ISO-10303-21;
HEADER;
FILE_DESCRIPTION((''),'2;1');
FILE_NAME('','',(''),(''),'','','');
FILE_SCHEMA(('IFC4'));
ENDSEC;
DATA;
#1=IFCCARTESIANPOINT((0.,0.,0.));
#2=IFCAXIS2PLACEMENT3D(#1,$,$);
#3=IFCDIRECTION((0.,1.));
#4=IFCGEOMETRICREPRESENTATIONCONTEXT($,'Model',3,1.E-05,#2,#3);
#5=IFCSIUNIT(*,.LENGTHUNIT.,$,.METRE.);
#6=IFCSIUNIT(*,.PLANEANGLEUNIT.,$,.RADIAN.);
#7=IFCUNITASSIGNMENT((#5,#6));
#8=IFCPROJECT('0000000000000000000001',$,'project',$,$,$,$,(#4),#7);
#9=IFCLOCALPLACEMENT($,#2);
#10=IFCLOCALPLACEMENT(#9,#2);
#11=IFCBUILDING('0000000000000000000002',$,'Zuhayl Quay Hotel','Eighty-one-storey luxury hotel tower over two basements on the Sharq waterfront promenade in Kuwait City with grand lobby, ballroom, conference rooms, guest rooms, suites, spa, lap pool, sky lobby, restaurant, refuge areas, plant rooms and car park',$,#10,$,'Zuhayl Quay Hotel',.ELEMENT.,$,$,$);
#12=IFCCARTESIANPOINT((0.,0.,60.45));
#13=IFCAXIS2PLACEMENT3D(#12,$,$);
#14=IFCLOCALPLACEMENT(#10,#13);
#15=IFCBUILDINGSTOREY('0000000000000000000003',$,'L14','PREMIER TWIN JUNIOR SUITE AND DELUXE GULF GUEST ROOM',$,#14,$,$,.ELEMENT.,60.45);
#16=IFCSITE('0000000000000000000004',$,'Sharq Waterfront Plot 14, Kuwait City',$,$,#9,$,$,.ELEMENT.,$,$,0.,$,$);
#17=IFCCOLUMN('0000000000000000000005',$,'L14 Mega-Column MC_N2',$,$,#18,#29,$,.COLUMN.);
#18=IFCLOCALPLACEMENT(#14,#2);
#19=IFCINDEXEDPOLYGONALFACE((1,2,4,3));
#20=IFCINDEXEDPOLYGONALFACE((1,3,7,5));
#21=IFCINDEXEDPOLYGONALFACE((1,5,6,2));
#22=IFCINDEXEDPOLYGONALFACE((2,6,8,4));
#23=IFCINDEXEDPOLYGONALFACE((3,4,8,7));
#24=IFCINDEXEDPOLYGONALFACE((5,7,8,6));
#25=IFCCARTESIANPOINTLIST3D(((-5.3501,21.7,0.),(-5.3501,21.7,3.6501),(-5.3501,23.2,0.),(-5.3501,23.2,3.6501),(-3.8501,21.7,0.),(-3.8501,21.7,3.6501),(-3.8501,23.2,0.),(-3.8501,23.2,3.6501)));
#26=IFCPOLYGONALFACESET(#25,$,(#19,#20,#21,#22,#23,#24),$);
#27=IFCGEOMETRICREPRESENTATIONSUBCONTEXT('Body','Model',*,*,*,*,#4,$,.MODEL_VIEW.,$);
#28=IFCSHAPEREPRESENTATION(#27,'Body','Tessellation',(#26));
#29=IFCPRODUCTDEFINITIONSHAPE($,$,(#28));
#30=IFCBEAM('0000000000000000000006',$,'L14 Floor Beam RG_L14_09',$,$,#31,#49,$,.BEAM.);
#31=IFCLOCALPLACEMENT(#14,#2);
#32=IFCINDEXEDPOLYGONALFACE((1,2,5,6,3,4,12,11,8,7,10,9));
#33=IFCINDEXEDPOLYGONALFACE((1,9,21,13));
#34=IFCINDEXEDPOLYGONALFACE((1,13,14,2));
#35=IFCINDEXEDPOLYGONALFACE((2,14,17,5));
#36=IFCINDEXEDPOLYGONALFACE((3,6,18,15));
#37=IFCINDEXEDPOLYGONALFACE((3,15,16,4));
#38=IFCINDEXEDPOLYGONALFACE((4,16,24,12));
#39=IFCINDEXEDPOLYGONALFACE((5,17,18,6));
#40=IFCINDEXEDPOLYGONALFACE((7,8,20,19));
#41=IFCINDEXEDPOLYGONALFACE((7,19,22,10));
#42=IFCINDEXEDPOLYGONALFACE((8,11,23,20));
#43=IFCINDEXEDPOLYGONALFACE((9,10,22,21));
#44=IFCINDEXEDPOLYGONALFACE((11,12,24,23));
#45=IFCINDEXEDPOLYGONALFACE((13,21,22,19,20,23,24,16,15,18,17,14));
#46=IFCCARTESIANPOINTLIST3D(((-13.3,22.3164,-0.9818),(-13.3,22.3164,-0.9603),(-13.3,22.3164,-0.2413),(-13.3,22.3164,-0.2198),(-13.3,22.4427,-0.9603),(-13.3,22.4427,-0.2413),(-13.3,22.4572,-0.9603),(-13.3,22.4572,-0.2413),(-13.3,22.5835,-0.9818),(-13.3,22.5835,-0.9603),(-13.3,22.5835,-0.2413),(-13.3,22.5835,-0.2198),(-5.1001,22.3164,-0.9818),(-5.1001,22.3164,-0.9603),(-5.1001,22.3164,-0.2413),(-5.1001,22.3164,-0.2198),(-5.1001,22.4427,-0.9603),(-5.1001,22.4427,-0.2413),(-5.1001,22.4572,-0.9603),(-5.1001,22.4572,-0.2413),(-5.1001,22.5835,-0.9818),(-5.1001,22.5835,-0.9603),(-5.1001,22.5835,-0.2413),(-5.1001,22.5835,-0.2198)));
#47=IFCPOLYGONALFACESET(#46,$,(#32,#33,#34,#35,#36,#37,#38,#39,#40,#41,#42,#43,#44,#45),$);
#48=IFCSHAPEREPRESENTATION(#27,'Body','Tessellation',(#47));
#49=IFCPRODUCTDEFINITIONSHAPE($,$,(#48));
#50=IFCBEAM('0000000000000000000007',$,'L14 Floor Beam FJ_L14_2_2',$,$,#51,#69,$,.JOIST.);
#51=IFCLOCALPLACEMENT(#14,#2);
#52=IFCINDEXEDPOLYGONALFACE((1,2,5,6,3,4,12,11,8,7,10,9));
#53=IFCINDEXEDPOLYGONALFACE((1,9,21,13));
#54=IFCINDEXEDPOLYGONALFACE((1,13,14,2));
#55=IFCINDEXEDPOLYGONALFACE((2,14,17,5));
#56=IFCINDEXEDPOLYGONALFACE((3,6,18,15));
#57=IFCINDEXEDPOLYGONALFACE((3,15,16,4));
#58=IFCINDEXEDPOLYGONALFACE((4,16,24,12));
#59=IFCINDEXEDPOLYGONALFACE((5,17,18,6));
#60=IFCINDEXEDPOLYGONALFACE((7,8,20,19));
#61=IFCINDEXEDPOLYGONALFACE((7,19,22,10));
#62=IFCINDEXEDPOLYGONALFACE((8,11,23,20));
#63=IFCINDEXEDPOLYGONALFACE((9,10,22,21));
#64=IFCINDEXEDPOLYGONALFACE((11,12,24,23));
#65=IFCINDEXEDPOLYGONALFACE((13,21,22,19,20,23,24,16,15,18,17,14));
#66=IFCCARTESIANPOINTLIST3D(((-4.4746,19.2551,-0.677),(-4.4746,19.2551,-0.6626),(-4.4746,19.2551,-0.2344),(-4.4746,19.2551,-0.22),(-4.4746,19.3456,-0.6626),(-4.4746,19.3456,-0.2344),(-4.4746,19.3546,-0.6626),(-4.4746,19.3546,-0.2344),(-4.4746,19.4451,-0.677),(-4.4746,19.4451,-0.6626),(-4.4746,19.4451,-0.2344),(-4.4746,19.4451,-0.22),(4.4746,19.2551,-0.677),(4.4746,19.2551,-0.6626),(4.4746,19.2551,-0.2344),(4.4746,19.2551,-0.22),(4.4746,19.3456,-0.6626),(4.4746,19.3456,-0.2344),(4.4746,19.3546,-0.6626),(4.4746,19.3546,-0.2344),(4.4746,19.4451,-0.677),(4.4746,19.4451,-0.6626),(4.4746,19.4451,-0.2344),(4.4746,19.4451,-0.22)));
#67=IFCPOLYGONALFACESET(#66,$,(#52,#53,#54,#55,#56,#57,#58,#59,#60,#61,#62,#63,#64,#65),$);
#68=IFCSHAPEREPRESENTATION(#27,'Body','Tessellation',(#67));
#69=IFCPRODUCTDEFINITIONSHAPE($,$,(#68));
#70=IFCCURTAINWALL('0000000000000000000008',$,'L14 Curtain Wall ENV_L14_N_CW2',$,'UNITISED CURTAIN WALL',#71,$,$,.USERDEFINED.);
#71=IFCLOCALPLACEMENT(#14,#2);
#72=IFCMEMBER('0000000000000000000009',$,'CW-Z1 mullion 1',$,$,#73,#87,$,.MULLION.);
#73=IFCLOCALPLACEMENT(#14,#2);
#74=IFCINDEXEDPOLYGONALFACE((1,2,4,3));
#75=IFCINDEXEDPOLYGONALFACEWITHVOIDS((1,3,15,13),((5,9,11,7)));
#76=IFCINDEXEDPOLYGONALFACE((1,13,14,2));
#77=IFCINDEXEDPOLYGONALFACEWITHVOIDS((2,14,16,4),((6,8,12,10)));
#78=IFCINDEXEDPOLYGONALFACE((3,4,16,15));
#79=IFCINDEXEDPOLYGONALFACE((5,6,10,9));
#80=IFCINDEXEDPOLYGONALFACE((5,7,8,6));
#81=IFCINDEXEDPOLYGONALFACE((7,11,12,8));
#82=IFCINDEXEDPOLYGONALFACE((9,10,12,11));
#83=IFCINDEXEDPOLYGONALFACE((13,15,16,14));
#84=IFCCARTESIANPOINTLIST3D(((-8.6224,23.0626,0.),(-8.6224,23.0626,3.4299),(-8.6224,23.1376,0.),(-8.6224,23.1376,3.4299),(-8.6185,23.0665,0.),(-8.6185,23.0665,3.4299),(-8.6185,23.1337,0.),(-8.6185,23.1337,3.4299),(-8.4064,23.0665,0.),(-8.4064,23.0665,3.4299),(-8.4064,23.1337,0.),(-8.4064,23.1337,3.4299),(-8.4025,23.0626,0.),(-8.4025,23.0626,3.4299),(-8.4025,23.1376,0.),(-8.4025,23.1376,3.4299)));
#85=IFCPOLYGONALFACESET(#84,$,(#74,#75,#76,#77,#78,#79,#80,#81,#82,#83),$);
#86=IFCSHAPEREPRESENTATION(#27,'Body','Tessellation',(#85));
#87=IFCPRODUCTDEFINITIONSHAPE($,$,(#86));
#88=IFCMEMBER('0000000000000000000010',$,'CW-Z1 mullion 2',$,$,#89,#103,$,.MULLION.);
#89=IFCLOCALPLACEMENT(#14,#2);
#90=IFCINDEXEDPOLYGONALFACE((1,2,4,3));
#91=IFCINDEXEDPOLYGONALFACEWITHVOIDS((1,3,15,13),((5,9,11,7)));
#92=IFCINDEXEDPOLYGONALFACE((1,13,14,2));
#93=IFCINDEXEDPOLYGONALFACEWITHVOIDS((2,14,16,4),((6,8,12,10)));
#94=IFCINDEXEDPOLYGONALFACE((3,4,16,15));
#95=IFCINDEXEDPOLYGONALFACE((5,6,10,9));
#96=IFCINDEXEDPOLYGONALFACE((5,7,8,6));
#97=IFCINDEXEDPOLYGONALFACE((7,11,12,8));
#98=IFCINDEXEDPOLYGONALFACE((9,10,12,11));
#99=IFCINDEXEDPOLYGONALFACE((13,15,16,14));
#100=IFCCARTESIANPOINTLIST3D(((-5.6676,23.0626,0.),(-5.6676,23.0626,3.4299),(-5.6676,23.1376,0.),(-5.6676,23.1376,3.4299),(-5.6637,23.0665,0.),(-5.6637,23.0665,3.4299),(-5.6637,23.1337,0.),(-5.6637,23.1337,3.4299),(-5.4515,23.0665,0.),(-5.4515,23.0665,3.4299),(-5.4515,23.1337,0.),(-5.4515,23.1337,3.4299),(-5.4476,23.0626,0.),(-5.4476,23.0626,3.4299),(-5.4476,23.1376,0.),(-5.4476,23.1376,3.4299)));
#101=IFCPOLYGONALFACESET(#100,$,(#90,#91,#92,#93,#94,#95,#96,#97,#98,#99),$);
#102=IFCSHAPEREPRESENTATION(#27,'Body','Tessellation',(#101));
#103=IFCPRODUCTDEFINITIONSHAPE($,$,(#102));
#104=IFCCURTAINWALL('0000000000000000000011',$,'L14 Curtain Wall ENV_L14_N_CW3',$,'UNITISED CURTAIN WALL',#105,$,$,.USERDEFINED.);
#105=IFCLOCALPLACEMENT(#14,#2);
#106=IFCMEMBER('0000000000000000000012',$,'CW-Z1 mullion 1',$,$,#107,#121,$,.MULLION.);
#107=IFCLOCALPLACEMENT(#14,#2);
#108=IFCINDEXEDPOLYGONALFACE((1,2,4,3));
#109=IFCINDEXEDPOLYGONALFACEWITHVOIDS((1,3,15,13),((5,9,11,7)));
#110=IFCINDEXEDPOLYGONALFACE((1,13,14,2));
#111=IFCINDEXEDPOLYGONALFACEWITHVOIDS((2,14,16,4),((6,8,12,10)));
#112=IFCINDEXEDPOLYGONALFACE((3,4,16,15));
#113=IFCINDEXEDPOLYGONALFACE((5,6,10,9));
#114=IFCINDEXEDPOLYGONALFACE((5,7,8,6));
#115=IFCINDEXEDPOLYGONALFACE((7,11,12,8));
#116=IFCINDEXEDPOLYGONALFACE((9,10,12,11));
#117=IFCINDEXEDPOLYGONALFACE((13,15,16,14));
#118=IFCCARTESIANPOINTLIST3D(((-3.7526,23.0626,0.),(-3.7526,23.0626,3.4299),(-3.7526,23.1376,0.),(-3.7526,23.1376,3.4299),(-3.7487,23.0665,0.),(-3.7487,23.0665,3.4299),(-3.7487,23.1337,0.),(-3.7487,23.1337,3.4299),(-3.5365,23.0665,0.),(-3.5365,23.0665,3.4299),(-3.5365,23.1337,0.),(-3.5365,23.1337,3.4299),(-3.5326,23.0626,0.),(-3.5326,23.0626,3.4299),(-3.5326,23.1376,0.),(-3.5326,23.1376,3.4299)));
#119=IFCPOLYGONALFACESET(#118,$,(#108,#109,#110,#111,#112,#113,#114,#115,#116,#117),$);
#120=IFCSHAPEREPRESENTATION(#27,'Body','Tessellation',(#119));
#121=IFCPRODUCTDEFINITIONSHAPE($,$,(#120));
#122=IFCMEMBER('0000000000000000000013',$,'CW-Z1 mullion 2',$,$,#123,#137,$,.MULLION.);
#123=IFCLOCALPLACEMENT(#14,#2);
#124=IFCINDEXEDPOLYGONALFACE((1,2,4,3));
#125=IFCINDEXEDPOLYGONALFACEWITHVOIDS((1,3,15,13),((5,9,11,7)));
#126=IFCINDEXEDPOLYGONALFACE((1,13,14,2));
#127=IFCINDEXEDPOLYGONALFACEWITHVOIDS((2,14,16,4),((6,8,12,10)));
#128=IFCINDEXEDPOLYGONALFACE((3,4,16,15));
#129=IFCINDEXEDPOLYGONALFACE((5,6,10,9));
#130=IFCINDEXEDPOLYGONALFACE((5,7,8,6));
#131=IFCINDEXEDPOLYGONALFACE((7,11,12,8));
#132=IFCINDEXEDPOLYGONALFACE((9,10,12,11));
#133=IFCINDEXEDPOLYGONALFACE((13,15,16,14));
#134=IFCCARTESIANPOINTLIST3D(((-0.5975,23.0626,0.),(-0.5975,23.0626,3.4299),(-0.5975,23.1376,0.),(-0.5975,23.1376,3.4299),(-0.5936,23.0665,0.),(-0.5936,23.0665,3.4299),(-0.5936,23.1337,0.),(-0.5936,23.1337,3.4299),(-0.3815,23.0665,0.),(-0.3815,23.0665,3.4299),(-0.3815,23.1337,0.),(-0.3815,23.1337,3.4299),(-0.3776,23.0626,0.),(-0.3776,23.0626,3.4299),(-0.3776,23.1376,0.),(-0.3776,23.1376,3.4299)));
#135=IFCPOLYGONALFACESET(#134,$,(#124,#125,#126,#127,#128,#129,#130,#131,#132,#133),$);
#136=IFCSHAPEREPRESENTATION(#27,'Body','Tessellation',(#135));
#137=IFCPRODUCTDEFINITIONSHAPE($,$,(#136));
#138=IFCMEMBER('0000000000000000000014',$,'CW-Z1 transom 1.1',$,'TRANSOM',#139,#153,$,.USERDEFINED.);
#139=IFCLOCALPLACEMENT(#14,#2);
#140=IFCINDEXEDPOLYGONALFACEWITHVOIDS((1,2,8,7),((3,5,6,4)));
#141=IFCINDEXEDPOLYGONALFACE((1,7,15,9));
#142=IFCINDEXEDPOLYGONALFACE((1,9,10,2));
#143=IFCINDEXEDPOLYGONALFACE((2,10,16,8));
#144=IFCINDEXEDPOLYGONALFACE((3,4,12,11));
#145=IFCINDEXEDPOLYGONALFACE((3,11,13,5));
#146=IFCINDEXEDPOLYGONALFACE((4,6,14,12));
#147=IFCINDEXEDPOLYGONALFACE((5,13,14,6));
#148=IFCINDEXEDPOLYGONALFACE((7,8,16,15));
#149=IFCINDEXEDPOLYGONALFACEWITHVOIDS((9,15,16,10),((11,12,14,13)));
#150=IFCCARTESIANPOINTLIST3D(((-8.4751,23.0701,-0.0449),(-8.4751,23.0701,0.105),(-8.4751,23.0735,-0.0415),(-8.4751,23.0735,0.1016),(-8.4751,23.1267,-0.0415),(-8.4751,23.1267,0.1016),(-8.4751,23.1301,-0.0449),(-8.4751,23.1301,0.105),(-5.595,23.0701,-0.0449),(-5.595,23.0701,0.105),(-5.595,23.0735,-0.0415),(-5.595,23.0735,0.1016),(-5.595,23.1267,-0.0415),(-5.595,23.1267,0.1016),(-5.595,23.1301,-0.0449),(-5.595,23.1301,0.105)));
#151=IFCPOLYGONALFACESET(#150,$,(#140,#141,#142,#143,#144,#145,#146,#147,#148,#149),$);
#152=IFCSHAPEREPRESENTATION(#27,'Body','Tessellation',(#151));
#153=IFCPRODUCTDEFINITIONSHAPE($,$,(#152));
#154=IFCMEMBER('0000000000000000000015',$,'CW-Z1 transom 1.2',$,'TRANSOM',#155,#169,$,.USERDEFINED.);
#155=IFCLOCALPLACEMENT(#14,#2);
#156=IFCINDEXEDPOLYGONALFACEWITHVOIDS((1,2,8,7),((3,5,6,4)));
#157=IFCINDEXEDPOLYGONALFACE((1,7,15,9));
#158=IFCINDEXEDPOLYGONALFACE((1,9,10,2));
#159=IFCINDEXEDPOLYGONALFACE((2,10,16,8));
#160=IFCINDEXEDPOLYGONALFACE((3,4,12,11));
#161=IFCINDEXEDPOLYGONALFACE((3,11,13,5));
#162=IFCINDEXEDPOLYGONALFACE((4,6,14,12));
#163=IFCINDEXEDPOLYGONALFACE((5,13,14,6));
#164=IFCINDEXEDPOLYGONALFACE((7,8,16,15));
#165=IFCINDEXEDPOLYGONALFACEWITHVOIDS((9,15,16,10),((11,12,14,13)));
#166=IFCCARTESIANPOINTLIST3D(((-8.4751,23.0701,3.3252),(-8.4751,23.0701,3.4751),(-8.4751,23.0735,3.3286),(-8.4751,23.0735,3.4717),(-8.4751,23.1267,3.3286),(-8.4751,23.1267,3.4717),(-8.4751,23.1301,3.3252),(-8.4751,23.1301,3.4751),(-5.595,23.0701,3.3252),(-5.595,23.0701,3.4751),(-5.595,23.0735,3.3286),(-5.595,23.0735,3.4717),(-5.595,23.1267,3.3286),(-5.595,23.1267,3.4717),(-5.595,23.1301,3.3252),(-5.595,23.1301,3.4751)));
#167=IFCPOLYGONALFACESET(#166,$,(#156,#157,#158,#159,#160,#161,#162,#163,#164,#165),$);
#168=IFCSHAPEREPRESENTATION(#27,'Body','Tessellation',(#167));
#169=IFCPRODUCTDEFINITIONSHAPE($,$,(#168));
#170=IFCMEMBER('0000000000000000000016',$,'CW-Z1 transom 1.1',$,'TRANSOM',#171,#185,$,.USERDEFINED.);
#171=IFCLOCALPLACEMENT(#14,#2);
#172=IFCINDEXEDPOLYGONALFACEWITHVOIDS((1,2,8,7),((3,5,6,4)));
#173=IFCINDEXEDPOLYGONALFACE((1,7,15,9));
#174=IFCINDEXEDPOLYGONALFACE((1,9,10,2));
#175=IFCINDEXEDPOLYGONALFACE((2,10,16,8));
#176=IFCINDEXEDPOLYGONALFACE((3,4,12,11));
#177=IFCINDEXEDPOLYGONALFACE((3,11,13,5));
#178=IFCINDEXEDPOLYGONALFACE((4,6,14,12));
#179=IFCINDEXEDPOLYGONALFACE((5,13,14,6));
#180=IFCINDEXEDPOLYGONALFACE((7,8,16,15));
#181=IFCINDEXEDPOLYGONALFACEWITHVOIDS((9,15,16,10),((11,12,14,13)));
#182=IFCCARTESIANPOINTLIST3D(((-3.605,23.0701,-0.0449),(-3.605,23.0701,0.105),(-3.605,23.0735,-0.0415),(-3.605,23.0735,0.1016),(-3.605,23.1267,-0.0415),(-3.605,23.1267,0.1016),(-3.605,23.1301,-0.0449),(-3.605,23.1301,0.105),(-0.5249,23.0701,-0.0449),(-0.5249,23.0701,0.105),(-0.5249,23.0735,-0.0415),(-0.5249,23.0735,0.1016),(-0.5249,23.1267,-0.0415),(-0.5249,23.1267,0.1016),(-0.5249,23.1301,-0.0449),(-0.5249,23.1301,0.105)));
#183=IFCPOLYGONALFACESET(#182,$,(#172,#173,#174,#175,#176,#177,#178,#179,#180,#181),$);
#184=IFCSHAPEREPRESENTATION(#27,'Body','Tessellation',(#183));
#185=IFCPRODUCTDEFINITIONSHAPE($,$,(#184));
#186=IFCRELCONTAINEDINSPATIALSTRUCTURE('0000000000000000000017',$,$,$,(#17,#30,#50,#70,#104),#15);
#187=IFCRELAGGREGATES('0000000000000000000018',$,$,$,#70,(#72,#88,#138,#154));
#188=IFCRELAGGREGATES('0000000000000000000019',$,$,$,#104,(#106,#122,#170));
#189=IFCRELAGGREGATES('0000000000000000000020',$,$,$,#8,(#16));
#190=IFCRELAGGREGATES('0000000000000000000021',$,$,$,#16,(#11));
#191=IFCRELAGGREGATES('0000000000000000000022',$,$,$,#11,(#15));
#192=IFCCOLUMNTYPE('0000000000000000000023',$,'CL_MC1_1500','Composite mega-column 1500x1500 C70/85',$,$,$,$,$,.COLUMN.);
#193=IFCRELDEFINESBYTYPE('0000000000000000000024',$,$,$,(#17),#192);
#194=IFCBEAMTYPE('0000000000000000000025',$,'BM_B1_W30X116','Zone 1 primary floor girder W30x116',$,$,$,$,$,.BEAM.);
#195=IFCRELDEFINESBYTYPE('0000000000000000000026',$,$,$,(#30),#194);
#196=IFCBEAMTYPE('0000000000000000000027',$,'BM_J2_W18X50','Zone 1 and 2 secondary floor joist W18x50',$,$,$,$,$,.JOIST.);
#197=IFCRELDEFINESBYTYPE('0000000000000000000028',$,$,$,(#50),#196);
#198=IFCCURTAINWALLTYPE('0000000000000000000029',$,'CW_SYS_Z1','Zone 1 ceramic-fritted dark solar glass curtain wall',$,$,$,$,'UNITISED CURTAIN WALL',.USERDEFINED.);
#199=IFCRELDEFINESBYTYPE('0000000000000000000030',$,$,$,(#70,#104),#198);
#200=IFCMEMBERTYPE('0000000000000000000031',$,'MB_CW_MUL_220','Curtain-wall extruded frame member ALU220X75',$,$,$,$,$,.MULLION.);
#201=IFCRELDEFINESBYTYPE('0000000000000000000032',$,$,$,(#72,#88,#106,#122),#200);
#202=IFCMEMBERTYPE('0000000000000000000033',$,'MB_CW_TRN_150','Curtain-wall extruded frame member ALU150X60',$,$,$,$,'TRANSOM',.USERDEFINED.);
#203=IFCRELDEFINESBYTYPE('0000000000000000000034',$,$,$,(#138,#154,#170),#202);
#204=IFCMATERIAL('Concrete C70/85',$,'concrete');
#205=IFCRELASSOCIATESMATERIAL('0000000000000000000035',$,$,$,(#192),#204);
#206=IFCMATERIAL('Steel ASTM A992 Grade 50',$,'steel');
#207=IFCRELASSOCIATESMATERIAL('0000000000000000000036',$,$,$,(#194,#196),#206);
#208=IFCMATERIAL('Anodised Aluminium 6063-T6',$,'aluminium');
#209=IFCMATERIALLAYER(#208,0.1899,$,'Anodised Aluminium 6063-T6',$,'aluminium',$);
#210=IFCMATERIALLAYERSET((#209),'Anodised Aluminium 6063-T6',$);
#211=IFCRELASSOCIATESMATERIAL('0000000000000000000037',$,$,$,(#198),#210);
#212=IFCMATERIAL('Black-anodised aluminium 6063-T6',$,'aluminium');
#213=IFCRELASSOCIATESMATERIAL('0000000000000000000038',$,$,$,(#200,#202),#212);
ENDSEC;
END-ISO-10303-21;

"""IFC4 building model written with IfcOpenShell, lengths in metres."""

from ifc_helpers import new_model, si_unit, direction, frame, origin, origin_2d, place, context, subcontext, project, spatial, rectangle, hollow_rectangle, i_section, extrude, material, layer, layer_set, material_profile, profile_set, type_object, element, aggregate, save


model = new_model("IFC4")

# Units and contexts
model_context = context("Model", 3, precision=1e-05, world=origin(), true_north=direction((0.0, 1.0)))
body_context = subcontext(model_context, "Body", "Model", "MODEL_VIEW")
ifc_project = project(units=[si_unit("LENGTHUNIT", "METRE"), si_unit("PLANEANGLEUNIT", "RADIAN")], contexts=[model_context])

# Site, building, storey
site_placement = place(None, origin())
site = spatial("IfcSite", under=ifc_project, at=site_placement, Name="Sharq Waterfront Plot 14, Kuwait City", CompositionType="ELEMENT", RefElevation=0.0)
building_placement = place(site_placement, origin())
building = spatial("IfcBuilding", under=site, at=building_placement, Name="Zuhayl Quay Hotel", Description="Eighty-one-storey luxury hotel tower over two basements on the Sharq waterfront promenade in Kuwait City with grand lobby, ballroom, conference rooms, guest rooms, suites, spa, lap pool, sky lobby, restaurant, refuge areas, plant rooms and car park", LongName="Zuhayl Quay Hotel", CompositionType="ELEMENT")
storey_placement = place(building_placement, frame((0.0, 0.0, 60.45)))
storey = spatial("IfcBuildingStorey", under=building, at=storey_placement, Name="L14", Description="PREMIER TWIN JUNIOR SUITE AND DELUXE GULF GUEST ROOM", CompositionType="ELEMENT", Elevation=60.45)

# Column
ifc_material_1 = material(Name="Concrete C70/85", Category="concrete")
ifc_material_profile_1 = material_profile(ifc_material_1, rectangle(XDim=1.5, YDim=1.5, at=origin_2d()), Name="RC1500X1500")
ifc_profile_set_1 = profile_set([ifc_material_profile_1], Name="Concrete C70/85")
column_type = type_object("IfcColumnType", Name="CL_MC1_1500", Description="Composite mega-column 1500x1500 C70/85", PredefinedType="COLUMN", material=ifc_profile_set_1)
column_placement = place(storey_placement, frame((-4.6001, 22.45, 0.0), z_axis=(0.0, 0.0, 1.0), x_axis=(1.0, 0.0, 0.0)))
element("IfcColumn", 1, at=column_placement, inside=storey, type_object=column_type, Name="L14 Mega-Column MC_N2", PredefinedType="COLUMN", context=body_context, shape_type="SweptSolid", body=[
    extrude(rectangle(XDim=1.5, YDim=1.5, at=origin_2d()), origin(), (0.0, 0.0, 1.0), 3.6501),
])

# Beams
ifc_material_2 = material(Name="Steel ASTM A992 Grade 50", Category="steel")
ifc_material_profile_2 = material_profile(ifc_material_2, i_section(OverallWidth=0.2671, OverallDepth=0.762, WebThickness=0.0144, FlangeThickness=0.0215, at=origin_2d()), Name="W30X116")
ifc_profile_set_2 = profile_set([ifc_material_profile_2], Name="Steel ASTM A992 Grade 50")
beam_type_1 = type_object("IfcBeamType", Name="BM_B1_W30X116", Description="Zone 1 primary floor girder W30x116", PredefinedType="BEAM", material=ifc_profile_set_2)
beam_1_placement = place(storey_placement, frame((-5.1001, 22.45, -0.6008), z_axis=(-1.0, 0.0, 0.0), x_axis=(0.0, -1.0, 0.0)))
element("IfcBeam", 2, at=beam_1_placement, inside=storey, type_object=beam_type_1, Name="L14 Floor Beam RG_L14_09", PredefinedType="BEAM", context=body_context, shape_type="SweptSolid", body=[
    extrude(i_section(OverallWidth=0.2671, OverallDepth=0.762, WebThickness=0.0144, FlangeThickness=0.0215, at=origin_2d()), origin(), (0.0, 0.0, 1.0), 8.2),
])
ifc_material_profile_3 = material_profile(ifc_material_2, i_section(OverallWidth=0.1899, OverallDepth=0.457, WebThickness=0.009, FlangeThickness=0.0144, at=origin_2d()), Name="W18X50")
ifc_profile_set_3 = profile_set([ifc_material_profile_3], Name="Steel ASTM A992 Grade 50")
beam_type_2 = type_object("IfcBeamType", Name="BM_J2_W18X50", Description="Zone 1 and 2 secondary floor joist W18x50", PredefinedType="JOIST", material=ifc_profile_set_3)
beam_2_placement = place(storey_placement, frame((-4.4746, 19.3501, -0.4485), z_axis=(1.0, 0.0, 0.0), x_axis=(0.0, 1.0, 0.0)))
element("IfcBeam", 3, at=beam_2_placement, inside=storey, type_object=beam_type_2, Name="L14 Floor Beam FJ_L14_2_2", PredefinedType="JOIST", context=body_context, shape_type="SweptSolid", body=[
    extrude(i_section(OverallWidth=0.1899, OverallDepth=0.457, WebThickness=0.009, FlangeThickness=0.0144, at=origin_2d()), origin(), (0.0, 0.0, 1.0), 8.9492),
])

# Curtain walls, members
ifc_material_3 = material(Name="Anodised Aluminium 6063-T6", Category="aluminium")
ifc_layer_1 = layer(ifc_material_3, 0.1899, Name="Anodised Aluminium 6063-T6", Category="aluminium")
ifc_layer_set_1 = layer_set([ifc_layer_1], Name="Anodised Aluminium 6063-T6")
curtain_wall_type = type_object("IfcCurtainWallType", Name="CW_SYS_Z1", Description="Zone 1 ceramic-fritted dark solar glass curtain wall", ElementType="UNITISED CURTAIN WALL", PredefinedType="USERDEFINED", material=ifc_layer_set_1)
curtain_wall_1_placement = place(storey_placement, origin())
curtain_wall_1 = element("IfcCurtainWall", 4, at=curtain_wall_1_placement, inside=storey, type_object=curtain_wall_type, Name="L14 Curtain Wall ENV_L14_N_CW2", ObjectType="UNITISED CURTAIN WALL", PredefinedType="USERDEFINED")
ifc_material_4 = material(Name="Black-anodised aluminium 6063-T6", Category="aluminium")
ifc_material_profile_4 = material_profile(ifc_material_4, hollow_rectangle(XDim=0.075, YDim=0.22, WallThickness=0.0039, at=origin_2d()), Name="ALU220X75")
ifc_profile_set_4 = profile_set([ifc_material_profile_4], Name="Black-anodised aluminium 6063-T6")
member_type_1 = type_object("IfcMemberType", Name="MB_CW_MUL_220", Description="Curtain-wall extruded frame member ALU220X75", PredefinedType="MULLION", material=ifc_profile_set_4)
member_1_placement = place(storey_placement, frame((-8.5125, 23.1001, 0.0), z_axis=(0.0, 0.0, 1.0), x_axis=(0.0, 1.0, 0.0)))
member_1 = element("IfcMember", 5, at=member_1_placement, type_object=member_type_1, Name="CW-Z1 mullion 1", PredefinedType="MULLION", context=body_context, shape_type="SweptSolid", body=[
    extrude(hollow_rectangle(XDim=0.075, YDim=0.22, WallThickness=0.0039, at=origin_2d()), origin(), (0.0, 0.0, 1.0), 3.4299),
])
member_2_placement = place(storey_placement, frame((-5.5576, 23.1001, 0.0), z_axis=(0.0, 0.0, 1.0), x_axis=(0.0, 1.0, 0.0)))
member_2 = element("IfcMember", 6, at=member_2_placement, type_object=member_type_1, Name="CW-Z1 mullion 2", PredefinedType="MULLION", context=body_context, shape_type="SweptSolid", body=[
    extrude(hollow_rectangle(XDim=0.075, YDim=0.22, WallThickness=0.0039, at=origin_2d()), origin(), (0.0, 0.0, 1.0), 3.4299),
])
curtain_wall_2_placement = place(storey_placement, origin())
curtain_wall_2 = element("IfcCurtainWall", 7, at=curtain_wall_2_placement, inside=storey, type_object=curtain_wall_type, Name="L14 Curtain Wall ENV_L14_N_CW3", ObjectType="UNITISED CURTAIN WALL", PredefinedType="USERDEFINED")
member_3_placement = place(storey_placement, frame((-3.6426, 23.1001, 0.0), z_axis=(0.0, 0.0, 1.0), x_axis=(0.0, 1.0, 0.0)))
member_3 = element("IfcMember", 8, at=member_3_placement, type_object=member_type_1, Name="CW-Z1 mullion 1", PredefinedType="MULLION", context=body_context, shape_type="SweptSolid", body=[
    extrude(hollow_rectangle(XDim=0.075, YDim=0.22, WallThickness=0.0039, at=origin_2d()), origin(), (0.0, 0.0, 1.0), 3.4299),
])
member_4_placement = place(storey_placement, frame((-0.4875, 23.1001, 0.0), z_axis=(0.0, 0.0, 1.0), x_axis=(0.0, 1.0, 0.0)))
member_4 = element("IfcMember", 9, at=member_4_placement, type_object=member_type_1, Name="CW-Z1 mullion 2", PredefinedType="MULLION", context=body_context, shape_type="SweptSolid", body=[
    extrude(hollow_rectangle(XDim=0.075, YDim=0.22, WallThickness=0.0039, at=origin_2d()), origin(), (0.0, 0.0, 1.0), 3.4299),
])

# Members
ifc_material_profile_5 = material_profile(ifc_material_4, hollow_rectangle(XDim=0.0601, YDim=0.1499, WallThickness=0.0034, at=origin_2d()), Name="ALU150X60")
ifc_profile_set_5 = profile_set([ifc_material_profile_5], Name="Black-anodised aluminium 6063-T6")
member_type_2 = type_object("IfcMemberType", Name="MB_CW_TRN_150", Description="Curtain-wall extruded frame member ALU150X60", ElementType="TRANSOM", PredefinedType="USERDEFINED", material=ifc_profile_set_5)
member_5_placement = place(storey_placement, frame((-8.4751, 23.1001, 0.03), z_axis=(1.0, 0.0, 0.0), x_axis=(0.0, 1.0, 0.0)))
member_5 = element("IfcMember", 10, at=member_5_placement, type_object=member_type_2, Name="CW-Z1 transom 1.1", ObjectType="TRANSOM", PredefinedType="USERDEFINED", context=body_context, shape_type="SweptSolid", body=[
    extrude(hollow_rectangle(XDim=0.0601, YDim=0.1499, WallThickness=0.0034, at=origin_2d()), origin(), (0.0, 0.0, 1.0), 2.8801),
])
member_6_placement = place(storey_placement, frame((-8.4751, 23.1001, 3.4001), z_axis=(1.0, 0.0, 0.0), x_axis=(0.0, 1.0, 0.0)))
member_6 = element("IfcMember", 11, at=member_6_placement, type_object=member_type_2, Name="CW-Z1 transom 1.2", ObjectType="TRANSOM", PredefinedType="USERDEFINED", context=body_context, shape_type="SweptSolid", body=[
    extrude(hollow_rectangle(XDim=0.0601, YDim=0.1499, WallThickness=0.0034, at=origin_2d()), origin(), (0.0, 0.0, 1.0), 2.8801),
])
member_7_placement = place(storey_placement, frame((-3.605, 23.1001, 0.03), z_axis=(1.0, 0.0, 0.0), x_axis=(0.0, 1.0, 0.0)))
member_7 = element("IfcMember", 12, at=member_7_placement, type_object=member_type_2, Name="CW-Z1 transom 1.1", ObjectType="TRANSOM", PredefinedType="USERDEFINED", context=body_context, shape_type="SweptSolid", body=[
    extrude(hollow_rectangle(XDim=0.0601, YDim=0.1499, WallThickness=0.0034, at=origin_2d()), origin(), (0.0, 0.0, 1.0), 3.0801),
])

aggregate(curtain_wall_1, [member_1, member_2, member_5, member_6])
aggregate(curtain_wall_2, [member_3, member_4, member_7])

save(model, "model.ifc")
